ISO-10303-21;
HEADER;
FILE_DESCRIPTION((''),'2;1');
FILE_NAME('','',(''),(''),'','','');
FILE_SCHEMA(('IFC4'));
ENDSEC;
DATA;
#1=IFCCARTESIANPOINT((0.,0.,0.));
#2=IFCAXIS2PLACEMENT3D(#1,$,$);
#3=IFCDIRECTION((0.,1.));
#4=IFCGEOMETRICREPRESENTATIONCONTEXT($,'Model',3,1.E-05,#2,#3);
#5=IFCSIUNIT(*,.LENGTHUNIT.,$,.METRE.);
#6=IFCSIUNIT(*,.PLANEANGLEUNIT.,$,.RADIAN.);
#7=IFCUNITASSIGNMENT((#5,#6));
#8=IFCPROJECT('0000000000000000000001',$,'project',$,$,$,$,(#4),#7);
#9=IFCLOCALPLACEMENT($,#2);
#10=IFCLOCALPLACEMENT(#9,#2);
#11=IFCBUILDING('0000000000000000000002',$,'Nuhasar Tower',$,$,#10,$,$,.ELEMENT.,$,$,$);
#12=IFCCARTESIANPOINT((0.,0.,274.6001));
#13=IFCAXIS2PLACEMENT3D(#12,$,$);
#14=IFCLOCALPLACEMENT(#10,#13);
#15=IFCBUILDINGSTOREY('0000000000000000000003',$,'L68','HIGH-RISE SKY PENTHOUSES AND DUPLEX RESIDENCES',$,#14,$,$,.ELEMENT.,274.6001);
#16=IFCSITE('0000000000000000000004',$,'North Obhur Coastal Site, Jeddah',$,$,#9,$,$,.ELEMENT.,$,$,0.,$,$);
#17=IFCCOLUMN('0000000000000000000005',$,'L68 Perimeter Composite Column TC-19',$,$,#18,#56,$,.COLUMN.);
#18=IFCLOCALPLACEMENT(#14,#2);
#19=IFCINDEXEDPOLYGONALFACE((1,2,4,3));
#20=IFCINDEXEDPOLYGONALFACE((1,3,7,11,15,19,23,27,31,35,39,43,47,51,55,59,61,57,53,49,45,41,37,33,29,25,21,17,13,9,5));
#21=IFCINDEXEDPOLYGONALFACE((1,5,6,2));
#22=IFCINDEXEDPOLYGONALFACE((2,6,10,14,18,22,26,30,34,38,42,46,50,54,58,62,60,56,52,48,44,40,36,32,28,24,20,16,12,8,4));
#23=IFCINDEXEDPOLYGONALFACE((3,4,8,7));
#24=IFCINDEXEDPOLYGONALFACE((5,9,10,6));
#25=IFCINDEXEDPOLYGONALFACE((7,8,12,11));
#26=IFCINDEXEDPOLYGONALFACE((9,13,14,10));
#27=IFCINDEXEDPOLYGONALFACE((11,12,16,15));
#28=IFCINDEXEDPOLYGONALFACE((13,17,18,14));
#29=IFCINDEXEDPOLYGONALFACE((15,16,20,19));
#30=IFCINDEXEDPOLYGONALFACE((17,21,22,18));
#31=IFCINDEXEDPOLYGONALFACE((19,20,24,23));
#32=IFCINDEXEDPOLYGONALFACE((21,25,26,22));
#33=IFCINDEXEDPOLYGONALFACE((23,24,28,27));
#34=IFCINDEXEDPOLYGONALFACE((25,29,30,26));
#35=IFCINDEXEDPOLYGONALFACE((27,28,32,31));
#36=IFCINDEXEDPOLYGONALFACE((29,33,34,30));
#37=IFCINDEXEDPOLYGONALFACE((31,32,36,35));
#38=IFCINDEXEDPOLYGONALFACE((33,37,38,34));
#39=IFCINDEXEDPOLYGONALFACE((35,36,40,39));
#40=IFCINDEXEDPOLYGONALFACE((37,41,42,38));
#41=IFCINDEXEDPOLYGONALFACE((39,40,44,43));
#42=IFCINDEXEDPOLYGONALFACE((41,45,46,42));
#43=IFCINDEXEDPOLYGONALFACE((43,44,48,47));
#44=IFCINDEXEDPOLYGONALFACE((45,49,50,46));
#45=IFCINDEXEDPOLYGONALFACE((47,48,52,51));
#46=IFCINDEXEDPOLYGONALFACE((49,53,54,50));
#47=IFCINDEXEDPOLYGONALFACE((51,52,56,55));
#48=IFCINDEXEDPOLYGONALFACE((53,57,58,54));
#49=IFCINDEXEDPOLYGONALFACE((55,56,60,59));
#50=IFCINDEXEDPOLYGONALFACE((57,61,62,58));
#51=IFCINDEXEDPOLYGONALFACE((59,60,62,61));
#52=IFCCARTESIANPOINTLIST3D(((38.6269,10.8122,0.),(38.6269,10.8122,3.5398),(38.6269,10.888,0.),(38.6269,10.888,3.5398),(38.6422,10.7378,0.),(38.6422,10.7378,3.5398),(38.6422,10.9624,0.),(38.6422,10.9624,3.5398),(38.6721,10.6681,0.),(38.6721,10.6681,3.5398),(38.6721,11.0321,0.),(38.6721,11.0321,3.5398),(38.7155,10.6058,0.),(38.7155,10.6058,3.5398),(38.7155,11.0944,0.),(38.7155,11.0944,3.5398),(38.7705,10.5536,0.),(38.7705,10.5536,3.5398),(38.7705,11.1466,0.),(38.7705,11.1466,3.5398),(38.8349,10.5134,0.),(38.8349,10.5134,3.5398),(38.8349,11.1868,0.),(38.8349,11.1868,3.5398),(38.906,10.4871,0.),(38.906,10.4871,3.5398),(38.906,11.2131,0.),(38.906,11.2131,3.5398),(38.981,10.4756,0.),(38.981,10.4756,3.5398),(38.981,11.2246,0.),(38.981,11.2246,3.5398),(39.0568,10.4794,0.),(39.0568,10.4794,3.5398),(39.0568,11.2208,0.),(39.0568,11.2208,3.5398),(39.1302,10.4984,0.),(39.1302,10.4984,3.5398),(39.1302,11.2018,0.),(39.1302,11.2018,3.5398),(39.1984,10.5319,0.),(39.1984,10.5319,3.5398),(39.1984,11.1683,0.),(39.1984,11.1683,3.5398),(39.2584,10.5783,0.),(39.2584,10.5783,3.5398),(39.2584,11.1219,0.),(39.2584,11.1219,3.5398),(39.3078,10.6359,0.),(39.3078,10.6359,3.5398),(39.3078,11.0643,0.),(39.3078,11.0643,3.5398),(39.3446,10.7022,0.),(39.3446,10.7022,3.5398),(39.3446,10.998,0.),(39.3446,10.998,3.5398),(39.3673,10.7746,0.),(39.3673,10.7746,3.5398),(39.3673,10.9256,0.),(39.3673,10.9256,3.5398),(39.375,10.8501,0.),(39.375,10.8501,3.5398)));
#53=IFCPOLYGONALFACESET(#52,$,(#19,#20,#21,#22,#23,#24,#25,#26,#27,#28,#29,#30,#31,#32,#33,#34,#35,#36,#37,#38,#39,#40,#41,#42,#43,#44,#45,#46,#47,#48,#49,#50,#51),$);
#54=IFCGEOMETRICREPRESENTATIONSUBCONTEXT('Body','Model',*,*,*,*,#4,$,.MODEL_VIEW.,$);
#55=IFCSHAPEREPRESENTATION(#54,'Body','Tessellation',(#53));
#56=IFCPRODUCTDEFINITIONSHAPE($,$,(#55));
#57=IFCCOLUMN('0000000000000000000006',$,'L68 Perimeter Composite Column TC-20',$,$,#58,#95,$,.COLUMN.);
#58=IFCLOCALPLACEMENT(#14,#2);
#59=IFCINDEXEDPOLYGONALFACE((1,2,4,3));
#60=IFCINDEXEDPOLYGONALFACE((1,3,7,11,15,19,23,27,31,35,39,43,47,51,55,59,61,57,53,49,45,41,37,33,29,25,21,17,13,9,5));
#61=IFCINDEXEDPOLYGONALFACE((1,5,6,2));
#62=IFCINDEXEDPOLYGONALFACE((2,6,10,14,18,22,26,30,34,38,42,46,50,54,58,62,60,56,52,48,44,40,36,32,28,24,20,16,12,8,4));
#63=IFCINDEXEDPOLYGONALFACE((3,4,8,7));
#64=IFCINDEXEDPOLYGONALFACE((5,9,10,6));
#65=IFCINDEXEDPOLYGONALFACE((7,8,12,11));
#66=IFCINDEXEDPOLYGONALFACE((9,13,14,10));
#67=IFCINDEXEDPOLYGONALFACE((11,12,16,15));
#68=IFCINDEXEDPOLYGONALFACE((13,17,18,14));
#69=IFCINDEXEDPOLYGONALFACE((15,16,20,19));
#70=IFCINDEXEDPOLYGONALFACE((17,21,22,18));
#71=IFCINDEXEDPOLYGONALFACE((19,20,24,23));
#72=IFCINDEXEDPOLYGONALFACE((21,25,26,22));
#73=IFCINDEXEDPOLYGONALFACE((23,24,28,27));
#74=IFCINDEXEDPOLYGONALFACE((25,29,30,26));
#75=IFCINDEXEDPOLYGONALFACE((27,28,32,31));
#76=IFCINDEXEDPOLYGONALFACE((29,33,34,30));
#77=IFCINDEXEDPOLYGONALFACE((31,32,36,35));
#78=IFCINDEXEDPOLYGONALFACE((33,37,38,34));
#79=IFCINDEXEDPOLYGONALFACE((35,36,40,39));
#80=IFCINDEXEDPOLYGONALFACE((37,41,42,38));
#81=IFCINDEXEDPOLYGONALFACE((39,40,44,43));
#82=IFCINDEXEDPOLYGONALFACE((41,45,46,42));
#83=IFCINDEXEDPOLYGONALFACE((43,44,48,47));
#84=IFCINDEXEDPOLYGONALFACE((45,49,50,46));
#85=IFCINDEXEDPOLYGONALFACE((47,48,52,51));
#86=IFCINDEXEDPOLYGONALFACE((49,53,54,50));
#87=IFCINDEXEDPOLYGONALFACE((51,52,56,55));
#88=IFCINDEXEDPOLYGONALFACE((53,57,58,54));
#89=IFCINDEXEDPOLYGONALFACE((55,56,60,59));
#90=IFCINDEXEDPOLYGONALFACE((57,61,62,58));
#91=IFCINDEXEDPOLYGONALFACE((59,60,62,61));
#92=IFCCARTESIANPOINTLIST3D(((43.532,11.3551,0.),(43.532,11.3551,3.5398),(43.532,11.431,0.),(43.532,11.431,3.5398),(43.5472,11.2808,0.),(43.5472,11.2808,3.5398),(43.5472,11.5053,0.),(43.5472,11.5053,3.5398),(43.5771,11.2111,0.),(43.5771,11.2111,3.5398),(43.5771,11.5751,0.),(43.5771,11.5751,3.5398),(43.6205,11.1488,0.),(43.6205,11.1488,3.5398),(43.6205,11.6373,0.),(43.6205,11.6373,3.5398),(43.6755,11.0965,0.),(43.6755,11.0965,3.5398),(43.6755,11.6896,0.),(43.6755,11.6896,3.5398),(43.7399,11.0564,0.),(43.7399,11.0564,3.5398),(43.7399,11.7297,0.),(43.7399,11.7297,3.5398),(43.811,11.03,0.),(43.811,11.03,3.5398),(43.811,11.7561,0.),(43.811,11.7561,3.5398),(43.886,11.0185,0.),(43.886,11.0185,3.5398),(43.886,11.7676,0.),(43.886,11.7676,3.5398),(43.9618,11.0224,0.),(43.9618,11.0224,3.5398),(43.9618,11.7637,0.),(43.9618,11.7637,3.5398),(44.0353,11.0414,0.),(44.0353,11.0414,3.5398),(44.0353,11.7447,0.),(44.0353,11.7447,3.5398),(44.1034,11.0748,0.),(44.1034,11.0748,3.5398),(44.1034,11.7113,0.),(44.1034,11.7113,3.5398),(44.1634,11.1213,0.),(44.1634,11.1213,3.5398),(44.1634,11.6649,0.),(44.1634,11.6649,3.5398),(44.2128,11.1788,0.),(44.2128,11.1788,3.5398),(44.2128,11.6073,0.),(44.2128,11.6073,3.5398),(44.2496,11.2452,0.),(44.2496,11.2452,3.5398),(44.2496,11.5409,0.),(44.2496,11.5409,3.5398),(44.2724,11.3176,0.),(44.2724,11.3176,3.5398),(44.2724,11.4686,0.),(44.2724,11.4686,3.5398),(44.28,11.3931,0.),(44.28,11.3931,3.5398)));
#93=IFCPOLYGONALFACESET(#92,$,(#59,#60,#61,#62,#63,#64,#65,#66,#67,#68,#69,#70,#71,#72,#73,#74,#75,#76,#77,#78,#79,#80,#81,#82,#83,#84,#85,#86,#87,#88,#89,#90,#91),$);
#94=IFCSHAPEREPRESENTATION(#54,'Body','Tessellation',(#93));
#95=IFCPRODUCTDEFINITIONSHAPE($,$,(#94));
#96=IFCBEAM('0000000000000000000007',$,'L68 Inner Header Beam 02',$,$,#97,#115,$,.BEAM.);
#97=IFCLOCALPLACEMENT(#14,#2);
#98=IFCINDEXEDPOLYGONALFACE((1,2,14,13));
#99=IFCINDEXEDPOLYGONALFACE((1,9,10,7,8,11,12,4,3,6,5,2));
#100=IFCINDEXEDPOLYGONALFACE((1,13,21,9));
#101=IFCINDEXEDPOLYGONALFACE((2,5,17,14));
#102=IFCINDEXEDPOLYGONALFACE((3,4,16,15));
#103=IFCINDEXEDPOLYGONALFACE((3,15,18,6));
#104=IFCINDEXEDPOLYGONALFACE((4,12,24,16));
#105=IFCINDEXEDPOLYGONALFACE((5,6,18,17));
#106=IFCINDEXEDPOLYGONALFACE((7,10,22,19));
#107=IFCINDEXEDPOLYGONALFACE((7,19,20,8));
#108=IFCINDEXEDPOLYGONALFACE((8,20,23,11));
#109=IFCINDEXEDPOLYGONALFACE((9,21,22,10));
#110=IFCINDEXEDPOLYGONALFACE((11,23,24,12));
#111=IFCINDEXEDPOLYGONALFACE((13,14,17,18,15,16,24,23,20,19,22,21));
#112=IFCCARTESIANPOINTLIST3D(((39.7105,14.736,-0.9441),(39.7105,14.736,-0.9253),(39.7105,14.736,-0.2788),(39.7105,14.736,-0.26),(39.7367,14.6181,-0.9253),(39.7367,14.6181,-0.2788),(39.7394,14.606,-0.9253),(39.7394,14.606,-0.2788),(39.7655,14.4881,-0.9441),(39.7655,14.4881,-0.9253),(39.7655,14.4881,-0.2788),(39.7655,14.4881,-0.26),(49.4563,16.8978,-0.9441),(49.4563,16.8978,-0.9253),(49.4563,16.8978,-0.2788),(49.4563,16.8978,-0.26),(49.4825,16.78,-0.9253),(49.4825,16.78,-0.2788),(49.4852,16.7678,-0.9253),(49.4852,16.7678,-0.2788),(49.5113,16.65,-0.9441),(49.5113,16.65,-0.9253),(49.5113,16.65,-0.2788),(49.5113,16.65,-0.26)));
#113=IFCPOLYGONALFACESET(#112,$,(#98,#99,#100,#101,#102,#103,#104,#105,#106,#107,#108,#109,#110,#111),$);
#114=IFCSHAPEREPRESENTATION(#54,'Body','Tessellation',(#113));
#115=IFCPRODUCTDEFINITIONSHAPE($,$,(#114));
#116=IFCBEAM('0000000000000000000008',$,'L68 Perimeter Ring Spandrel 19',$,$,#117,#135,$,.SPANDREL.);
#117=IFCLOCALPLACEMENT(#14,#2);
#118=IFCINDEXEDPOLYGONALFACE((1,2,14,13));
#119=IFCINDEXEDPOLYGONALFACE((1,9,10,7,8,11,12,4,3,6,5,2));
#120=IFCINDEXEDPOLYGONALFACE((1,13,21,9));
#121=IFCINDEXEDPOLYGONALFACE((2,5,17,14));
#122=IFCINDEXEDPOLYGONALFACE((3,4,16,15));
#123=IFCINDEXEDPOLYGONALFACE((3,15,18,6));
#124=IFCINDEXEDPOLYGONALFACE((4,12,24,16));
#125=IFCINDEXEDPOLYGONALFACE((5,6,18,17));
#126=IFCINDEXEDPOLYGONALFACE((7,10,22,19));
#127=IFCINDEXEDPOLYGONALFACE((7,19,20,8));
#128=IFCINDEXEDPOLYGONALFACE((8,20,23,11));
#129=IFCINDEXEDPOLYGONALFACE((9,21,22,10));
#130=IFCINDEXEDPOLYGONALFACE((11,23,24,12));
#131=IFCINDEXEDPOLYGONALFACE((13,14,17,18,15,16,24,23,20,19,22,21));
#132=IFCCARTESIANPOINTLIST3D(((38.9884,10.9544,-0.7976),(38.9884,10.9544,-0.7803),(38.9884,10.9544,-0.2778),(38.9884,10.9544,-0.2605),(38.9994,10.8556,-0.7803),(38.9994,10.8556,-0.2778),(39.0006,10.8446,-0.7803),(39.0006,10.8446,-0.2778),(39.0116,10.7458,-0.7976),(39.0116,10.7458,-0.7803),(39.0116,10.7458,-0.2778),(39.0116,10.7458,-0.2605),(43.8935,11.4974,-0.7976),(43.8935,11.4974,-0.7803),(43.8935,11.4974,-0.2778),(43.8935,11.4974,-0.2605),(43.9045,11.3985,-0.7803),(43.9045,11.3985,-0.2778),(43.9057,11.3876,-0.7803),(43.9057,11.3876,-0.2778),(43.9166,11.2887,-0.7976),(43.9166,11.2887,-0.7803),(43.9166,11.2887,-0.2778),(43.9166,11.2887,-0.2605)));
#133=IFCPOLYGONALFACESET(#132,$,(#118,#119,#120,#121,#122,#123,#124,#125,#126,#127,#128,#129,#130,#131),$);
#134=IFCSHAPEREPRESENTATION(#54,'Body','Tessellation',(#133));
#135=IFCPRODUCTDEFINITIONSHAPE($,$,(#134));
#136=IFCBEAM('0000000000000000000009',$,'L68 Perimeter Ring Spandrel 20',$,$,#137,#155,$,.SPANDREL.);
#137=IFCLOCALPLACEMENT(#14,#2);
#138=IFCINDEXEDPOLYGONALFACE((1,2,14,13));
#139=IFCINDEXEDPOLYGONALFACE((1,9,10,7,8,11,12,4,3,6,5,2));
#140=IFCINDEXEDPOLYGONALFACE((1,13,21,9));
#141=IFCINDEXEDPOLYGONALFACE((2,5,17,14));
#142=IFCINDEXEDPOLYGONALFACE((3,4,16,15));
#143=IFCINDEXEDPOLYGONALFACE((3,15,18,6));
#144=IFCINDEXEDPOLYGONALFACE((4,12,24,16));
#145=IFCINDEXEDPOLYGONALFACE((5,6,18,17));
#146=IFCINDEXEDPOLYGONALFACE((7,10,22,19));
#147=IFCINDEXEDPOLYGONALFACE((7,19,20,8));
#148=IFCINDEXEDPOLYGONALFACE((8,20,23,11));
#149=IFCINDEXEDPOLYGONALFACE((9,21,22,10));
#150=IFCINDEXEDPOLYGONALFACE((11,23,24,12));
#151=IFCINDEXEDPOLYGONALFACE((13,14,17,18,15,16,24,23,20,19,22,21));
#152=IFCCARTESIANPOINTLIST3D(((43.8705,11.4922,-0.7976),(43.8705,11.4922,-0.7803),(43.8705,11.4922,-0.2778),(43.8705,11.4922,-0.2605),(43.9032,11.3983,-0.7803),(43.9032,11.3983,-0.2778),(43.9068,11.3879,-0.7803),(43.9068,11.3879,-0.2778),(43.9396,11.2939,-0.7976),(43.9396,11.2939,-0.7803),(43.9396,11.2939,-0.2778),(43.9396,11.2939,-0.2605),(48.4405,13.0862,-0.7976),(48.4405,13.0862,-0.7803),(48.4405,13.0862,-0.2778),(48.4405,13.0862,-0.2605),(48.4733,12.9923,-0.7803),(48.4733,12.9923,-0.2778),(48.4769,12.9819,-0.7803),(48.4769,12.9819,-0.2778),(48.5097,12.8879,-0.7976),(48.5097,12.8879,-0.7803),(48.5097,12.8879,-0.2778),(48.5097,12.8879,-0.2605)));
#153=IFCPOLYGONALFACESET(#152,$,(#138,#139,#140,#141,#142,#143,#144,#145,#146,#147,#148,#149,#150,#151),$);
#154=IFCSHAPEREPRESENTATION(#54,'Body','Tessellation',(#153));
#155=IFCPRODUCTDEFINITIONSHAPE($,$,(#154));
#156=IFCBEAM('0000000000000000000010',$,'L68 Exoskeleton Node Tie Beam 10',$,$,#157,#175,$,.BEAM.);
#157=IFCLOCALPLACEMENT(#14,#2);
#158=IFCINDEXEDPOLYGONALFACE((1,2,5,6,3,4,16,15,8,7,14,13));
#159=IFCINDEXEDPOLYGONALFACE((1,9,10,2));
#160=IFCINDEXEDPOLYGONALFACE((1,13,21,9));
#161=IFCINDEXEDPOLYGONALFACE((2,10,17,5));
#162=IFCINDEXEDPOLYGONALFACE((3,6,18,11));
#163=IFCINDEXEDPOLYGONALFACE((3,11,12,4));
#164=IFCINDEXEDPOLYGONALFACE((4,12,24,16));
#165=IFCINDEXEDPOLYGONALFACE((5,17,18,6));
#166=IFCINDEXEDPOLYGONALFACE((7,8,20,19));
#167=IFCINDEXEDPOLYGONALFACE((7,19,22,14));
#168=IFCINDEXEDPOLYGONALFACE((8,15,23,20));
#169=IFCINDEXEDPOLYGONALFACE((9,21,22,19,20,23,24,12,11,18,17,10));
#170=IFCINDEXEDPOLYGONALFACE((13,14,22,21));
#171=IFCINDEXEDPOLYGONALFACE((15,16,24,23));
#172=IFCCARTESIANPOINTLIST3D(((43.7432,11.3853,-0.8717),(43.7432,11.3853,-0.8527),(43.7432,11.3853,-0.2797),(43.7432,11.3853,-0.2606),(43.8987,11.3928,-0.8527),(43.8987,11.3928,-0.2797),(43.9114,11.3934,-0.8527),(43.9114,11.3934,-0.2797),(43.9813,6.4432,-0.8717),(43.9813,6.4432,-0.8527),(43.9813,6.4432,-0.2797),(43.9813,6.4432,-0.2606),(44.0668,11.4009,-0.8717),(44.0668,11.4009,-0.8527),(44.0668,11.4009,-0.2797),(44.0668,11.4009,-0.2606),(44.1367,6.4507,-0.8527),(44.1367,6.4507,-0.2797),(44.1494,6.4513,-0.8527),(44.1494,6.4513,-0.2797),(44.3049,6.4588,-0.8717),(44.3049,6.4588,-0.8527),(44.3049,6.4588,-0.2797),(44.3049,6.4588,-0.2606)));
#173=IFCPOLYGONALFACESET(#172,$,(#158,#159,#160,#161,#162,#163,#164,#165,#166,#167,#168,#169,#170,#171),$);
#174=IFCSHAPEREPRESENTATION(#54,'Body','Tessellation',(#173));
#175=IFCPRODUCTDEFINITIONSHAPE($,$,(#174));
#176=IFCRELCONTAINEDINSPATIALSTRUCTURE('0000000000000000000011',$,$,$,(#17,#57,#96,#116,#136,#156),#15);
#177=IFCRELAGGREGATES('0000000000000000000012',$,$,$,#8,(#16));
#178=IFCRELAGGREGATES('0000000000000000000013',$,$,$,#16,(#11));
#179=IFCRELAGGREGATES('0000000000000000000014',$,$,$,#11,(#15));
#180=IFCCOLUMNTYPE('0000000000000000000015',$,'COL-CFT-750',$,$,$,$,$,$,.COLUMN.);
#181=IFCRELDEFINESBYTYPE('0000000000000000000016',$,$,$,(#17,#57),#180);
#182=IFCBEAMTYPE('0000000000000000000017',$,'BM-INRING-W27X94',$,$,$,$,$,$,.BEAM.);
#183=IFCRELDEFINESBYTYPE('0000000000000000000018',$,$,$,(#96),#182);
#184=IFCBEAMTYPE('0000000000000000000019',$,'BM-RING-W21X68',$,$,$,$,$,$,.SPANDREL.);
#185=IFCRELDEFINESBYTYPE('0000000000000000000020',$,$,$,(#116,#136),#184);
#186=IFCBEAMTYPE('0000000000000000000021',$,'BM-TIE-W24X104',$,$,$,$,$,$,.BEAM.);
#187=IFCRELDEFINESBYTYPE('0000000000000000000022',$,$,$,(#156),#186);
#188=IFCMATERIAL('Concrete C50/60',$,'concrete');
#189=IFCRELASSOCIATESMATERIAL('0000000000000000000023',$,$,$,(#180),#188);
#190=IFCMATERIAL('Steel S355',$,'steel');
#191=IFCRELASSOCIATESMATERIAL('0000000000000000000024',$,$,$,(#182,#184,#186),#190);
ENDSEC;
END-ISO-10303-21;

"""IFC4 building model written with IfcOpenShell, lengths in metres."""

from ifc_helpers import new_model, si_unit, direction, frame, origin, origin_2d, place, context, subcontext, project, spatial, circle, i_section, extrude, material, material_profile, profile_set, type_object, element, save


model = new_model("IFC4")

# Units and contexts
model_context = context("Model", 3, precision=1e-05, world=origin(), true_north=direction((0.0, 1.0)))
body_context = subcontext(model_context, "Body", "Model", "MODEL_VIEW")
ifc_project = project(units=[si_unit("LENGTHUNIT", "METRE"), si_unit("PLANEANGLEUNIT", "RADIAN")], contexts=[model_context])

# Site, building, storey
site_placement = place(None, origin())
site = spatial("IfcSite", under=ifc_project, at=site_placement, Name="North Obhur Coastal Site, Jeddah", CompositionType="ELEMENT", RefElevation=0.0)
building_placement = place(site_placement, origin())
building = spatial("IfcBuilding", under=site, at=building_placement, Name="Nuhasar Tower", CompositionType="ELEMENT")
storey_placement = place(building_placement, frame((0.0, 0.0, 274.6001)))
storey = spatial("IfcBuildingStorey", under=building, at=storey_placement, Name="L68", Description="HIGH-RISE SKY PENTHOUSES AND DUPLEX RESIDENCES", CompositionType="ELEMENT", Elevation=274.6001)

# Columns
ifc_material_1 = material(Name="Concrete C50/60", Category="concrete")
ifc_material_profile_1 = material_profile(ifc_material_1, circle(Radius=0.375, at=origin_2d()), Name="CFT750")
ifc_profile_set_1 = profile_set([ifc_material_profile_1], Name="Concrete C50/60")
column_type = type_object("IfcColumnType", Name="COL-CFT-750", PredefinedType="COLUMN", material=ifc_profile_set_1)
for number, where, z_axis, x_axis, name in (
    (1, (39.0, 10.8501, 0.0), (0.0, 0.0, 1.0), (1.0, 0.0, 0.0), "L68 Perimeter Composite Column TC-19"),
    (2, (43.905, 11.3931, 0.0), (0.0, 0.0, 1.0), (1.0, 0.0, 0.0), "L68 Perimeter Composite Column TC-20"),
):
    element("IfcColumn", number, at=place(storey_placement, frame(where, z_axis=z_axis, x_axis=x_axis)), inside=storey, type_object=column_type, Name=name, PredefinedType="COLUMN", context=body_context, shape_type="SweptSolid", body=[
        extrude(circle(Radius=0.375, at=origin_2d()), origin(), (0.0, 0.0, 1.0), 3.5398),
    ])

# Beams
ifc_material_2 = material(Name="Steel S355", Category="steel")
ifc_material_profile_2 = material_profile(ifc_material_2, i_section(OverallWidth=0.2539, OverallDepth=0.6841, WebThickness=0.0125, FlangeThickness=0.0188, at=origin_2d()), Name="W27X94")
ifc_profile_set_2 = profile_set([ifc_material_profile_2], Name="Steel S355")
beam_type_1 = type_object("IfcBeamType", Name="BM-INRING-W27X94", PredefinedType="BEAM", material=ifc_profile_set_2)
beam_1_placement = place(storey_placement, frame((39.738, 14.6121, -0.6021), z_axis=(0.976269, 0.21656, 0.0), x_axis=(-0.21656, 0.976269, 0.0)))
element("IfcBeam", 3, at=beam_1_placement, inside=storey, type_object=beam_type_1, Name="L68 Inner Header Beam 02", PredefinedType="BEAM", context=body_context, shape_type="SweptSolid", body=[
    extrude(i_section(OverallWidth=0.2539, OverallDepth=0.6841, WebThickness=0.0125, FlangeThickness=0.0188, at=origin_2d()), origin(), (0.0, 0.0, 1.0), 9.9827),
])
ifc_material_profile_3 = material_profile(ifc_material_2, i_section(OverallWidth=0.21, OverallDepth=0.5371, WebThickness=0.011, FlangeThickness=0.0173, at=origin_2d()), Name="W21X68")
ifc_profile_set_3 = profile_set([ifc_material_profile_3], Name="Steel S355")
beam_type_2 = type_object("IfcBeamType", Name="BM-RING-W21X68", PredefinedType="SPANDREL", material=ifc_profile_set_3)
beam_2_placement = place(storey_placement, frame((39.0, 10.8501, -0.5291), z_axis=(0.993929, 0.110024, 0.0), x_axis=(-0.110024, 0.993929, 0.0)))
element("IfcBeam", 4, at=beam_2_placement, inside=storey, type_object=beam_type_2, Name="L68 Perimeter Ring Spandrel 19", PredefinedType="SPANDREL", context=body_context, shape_type="SweptSolid", body=[
    extrude(i_section(OverallWidth=0.21, OverallDepth=0.5371, WebThickness=0.011, FlangeThickness=0.0173, at=origin_2d()), origin(), (0.0, 0.0, 1.0), 4.9351),
])
beam_3_placement = place(storey_placement, frame((43.905, 11.3931, -0.5291), z_axis=(0.944214, 0.329332, 0.0), x_axis=(-0.329332, 0.944214, 0.0)))
element("IfcBeam", 5, at=beam_3_placement, inside=storey, type_object=beam_type_2, Name="L68 Perimeter Ring Spandrel 20", PredefinedType="SPANDREL", context=body_context, shape_type="SweptSolid", body=[
    extrude(i_section(OverallWidth=0.21, OverallDepth=0.5371, WebThickness=0.011, FlangeThickness=0.0173, at=origin_2d()), origin(), (0.0, 0.0, 1.0), 4.8401),
])
ifc_material_profile_4 = material_profile(ifc_material_2, i_section(OverallWidth=0.324, OverallDepth=0.6111, WebThickness=0.0127, FlangeThickness=0.019, at=origin_2d()), Name="W24X104")
ifc_profile_set_4 = profile_set([ifc_material_profile_4], Name="Steel S355")
beam_type_3 = type_object("IfcBeamType", Name="BM-TIE-W24X104", PredefinedType="BEAM", material=ifc_profile_set_4)
beam_4_placement = place(storey_placement, frame((43.905, 11.3931, -0.5662), z_axis=(0.048109, -0.998842, 0.0), x_axis=(0.998842, 0.048109, 0.0)))
element("IfcBeam", 6, at=beam_4_placement, inside=storey, type_object=beam_type_3, Name="L68 Exoskeleton Node Tie Beam 10", PredefinedType="BEAM", context=body_context, shape_type="SweptSolid", body=[
    extrude(i_section(OverallWidth=0.324, OverallDepth=0.6111, WebThickness=0.0127, FlangeThickness=0.019, at=origin_2d()), origin(), (0.0, 0.0, 1.0), 4.9478),
])

save(model, "model.ifc")
